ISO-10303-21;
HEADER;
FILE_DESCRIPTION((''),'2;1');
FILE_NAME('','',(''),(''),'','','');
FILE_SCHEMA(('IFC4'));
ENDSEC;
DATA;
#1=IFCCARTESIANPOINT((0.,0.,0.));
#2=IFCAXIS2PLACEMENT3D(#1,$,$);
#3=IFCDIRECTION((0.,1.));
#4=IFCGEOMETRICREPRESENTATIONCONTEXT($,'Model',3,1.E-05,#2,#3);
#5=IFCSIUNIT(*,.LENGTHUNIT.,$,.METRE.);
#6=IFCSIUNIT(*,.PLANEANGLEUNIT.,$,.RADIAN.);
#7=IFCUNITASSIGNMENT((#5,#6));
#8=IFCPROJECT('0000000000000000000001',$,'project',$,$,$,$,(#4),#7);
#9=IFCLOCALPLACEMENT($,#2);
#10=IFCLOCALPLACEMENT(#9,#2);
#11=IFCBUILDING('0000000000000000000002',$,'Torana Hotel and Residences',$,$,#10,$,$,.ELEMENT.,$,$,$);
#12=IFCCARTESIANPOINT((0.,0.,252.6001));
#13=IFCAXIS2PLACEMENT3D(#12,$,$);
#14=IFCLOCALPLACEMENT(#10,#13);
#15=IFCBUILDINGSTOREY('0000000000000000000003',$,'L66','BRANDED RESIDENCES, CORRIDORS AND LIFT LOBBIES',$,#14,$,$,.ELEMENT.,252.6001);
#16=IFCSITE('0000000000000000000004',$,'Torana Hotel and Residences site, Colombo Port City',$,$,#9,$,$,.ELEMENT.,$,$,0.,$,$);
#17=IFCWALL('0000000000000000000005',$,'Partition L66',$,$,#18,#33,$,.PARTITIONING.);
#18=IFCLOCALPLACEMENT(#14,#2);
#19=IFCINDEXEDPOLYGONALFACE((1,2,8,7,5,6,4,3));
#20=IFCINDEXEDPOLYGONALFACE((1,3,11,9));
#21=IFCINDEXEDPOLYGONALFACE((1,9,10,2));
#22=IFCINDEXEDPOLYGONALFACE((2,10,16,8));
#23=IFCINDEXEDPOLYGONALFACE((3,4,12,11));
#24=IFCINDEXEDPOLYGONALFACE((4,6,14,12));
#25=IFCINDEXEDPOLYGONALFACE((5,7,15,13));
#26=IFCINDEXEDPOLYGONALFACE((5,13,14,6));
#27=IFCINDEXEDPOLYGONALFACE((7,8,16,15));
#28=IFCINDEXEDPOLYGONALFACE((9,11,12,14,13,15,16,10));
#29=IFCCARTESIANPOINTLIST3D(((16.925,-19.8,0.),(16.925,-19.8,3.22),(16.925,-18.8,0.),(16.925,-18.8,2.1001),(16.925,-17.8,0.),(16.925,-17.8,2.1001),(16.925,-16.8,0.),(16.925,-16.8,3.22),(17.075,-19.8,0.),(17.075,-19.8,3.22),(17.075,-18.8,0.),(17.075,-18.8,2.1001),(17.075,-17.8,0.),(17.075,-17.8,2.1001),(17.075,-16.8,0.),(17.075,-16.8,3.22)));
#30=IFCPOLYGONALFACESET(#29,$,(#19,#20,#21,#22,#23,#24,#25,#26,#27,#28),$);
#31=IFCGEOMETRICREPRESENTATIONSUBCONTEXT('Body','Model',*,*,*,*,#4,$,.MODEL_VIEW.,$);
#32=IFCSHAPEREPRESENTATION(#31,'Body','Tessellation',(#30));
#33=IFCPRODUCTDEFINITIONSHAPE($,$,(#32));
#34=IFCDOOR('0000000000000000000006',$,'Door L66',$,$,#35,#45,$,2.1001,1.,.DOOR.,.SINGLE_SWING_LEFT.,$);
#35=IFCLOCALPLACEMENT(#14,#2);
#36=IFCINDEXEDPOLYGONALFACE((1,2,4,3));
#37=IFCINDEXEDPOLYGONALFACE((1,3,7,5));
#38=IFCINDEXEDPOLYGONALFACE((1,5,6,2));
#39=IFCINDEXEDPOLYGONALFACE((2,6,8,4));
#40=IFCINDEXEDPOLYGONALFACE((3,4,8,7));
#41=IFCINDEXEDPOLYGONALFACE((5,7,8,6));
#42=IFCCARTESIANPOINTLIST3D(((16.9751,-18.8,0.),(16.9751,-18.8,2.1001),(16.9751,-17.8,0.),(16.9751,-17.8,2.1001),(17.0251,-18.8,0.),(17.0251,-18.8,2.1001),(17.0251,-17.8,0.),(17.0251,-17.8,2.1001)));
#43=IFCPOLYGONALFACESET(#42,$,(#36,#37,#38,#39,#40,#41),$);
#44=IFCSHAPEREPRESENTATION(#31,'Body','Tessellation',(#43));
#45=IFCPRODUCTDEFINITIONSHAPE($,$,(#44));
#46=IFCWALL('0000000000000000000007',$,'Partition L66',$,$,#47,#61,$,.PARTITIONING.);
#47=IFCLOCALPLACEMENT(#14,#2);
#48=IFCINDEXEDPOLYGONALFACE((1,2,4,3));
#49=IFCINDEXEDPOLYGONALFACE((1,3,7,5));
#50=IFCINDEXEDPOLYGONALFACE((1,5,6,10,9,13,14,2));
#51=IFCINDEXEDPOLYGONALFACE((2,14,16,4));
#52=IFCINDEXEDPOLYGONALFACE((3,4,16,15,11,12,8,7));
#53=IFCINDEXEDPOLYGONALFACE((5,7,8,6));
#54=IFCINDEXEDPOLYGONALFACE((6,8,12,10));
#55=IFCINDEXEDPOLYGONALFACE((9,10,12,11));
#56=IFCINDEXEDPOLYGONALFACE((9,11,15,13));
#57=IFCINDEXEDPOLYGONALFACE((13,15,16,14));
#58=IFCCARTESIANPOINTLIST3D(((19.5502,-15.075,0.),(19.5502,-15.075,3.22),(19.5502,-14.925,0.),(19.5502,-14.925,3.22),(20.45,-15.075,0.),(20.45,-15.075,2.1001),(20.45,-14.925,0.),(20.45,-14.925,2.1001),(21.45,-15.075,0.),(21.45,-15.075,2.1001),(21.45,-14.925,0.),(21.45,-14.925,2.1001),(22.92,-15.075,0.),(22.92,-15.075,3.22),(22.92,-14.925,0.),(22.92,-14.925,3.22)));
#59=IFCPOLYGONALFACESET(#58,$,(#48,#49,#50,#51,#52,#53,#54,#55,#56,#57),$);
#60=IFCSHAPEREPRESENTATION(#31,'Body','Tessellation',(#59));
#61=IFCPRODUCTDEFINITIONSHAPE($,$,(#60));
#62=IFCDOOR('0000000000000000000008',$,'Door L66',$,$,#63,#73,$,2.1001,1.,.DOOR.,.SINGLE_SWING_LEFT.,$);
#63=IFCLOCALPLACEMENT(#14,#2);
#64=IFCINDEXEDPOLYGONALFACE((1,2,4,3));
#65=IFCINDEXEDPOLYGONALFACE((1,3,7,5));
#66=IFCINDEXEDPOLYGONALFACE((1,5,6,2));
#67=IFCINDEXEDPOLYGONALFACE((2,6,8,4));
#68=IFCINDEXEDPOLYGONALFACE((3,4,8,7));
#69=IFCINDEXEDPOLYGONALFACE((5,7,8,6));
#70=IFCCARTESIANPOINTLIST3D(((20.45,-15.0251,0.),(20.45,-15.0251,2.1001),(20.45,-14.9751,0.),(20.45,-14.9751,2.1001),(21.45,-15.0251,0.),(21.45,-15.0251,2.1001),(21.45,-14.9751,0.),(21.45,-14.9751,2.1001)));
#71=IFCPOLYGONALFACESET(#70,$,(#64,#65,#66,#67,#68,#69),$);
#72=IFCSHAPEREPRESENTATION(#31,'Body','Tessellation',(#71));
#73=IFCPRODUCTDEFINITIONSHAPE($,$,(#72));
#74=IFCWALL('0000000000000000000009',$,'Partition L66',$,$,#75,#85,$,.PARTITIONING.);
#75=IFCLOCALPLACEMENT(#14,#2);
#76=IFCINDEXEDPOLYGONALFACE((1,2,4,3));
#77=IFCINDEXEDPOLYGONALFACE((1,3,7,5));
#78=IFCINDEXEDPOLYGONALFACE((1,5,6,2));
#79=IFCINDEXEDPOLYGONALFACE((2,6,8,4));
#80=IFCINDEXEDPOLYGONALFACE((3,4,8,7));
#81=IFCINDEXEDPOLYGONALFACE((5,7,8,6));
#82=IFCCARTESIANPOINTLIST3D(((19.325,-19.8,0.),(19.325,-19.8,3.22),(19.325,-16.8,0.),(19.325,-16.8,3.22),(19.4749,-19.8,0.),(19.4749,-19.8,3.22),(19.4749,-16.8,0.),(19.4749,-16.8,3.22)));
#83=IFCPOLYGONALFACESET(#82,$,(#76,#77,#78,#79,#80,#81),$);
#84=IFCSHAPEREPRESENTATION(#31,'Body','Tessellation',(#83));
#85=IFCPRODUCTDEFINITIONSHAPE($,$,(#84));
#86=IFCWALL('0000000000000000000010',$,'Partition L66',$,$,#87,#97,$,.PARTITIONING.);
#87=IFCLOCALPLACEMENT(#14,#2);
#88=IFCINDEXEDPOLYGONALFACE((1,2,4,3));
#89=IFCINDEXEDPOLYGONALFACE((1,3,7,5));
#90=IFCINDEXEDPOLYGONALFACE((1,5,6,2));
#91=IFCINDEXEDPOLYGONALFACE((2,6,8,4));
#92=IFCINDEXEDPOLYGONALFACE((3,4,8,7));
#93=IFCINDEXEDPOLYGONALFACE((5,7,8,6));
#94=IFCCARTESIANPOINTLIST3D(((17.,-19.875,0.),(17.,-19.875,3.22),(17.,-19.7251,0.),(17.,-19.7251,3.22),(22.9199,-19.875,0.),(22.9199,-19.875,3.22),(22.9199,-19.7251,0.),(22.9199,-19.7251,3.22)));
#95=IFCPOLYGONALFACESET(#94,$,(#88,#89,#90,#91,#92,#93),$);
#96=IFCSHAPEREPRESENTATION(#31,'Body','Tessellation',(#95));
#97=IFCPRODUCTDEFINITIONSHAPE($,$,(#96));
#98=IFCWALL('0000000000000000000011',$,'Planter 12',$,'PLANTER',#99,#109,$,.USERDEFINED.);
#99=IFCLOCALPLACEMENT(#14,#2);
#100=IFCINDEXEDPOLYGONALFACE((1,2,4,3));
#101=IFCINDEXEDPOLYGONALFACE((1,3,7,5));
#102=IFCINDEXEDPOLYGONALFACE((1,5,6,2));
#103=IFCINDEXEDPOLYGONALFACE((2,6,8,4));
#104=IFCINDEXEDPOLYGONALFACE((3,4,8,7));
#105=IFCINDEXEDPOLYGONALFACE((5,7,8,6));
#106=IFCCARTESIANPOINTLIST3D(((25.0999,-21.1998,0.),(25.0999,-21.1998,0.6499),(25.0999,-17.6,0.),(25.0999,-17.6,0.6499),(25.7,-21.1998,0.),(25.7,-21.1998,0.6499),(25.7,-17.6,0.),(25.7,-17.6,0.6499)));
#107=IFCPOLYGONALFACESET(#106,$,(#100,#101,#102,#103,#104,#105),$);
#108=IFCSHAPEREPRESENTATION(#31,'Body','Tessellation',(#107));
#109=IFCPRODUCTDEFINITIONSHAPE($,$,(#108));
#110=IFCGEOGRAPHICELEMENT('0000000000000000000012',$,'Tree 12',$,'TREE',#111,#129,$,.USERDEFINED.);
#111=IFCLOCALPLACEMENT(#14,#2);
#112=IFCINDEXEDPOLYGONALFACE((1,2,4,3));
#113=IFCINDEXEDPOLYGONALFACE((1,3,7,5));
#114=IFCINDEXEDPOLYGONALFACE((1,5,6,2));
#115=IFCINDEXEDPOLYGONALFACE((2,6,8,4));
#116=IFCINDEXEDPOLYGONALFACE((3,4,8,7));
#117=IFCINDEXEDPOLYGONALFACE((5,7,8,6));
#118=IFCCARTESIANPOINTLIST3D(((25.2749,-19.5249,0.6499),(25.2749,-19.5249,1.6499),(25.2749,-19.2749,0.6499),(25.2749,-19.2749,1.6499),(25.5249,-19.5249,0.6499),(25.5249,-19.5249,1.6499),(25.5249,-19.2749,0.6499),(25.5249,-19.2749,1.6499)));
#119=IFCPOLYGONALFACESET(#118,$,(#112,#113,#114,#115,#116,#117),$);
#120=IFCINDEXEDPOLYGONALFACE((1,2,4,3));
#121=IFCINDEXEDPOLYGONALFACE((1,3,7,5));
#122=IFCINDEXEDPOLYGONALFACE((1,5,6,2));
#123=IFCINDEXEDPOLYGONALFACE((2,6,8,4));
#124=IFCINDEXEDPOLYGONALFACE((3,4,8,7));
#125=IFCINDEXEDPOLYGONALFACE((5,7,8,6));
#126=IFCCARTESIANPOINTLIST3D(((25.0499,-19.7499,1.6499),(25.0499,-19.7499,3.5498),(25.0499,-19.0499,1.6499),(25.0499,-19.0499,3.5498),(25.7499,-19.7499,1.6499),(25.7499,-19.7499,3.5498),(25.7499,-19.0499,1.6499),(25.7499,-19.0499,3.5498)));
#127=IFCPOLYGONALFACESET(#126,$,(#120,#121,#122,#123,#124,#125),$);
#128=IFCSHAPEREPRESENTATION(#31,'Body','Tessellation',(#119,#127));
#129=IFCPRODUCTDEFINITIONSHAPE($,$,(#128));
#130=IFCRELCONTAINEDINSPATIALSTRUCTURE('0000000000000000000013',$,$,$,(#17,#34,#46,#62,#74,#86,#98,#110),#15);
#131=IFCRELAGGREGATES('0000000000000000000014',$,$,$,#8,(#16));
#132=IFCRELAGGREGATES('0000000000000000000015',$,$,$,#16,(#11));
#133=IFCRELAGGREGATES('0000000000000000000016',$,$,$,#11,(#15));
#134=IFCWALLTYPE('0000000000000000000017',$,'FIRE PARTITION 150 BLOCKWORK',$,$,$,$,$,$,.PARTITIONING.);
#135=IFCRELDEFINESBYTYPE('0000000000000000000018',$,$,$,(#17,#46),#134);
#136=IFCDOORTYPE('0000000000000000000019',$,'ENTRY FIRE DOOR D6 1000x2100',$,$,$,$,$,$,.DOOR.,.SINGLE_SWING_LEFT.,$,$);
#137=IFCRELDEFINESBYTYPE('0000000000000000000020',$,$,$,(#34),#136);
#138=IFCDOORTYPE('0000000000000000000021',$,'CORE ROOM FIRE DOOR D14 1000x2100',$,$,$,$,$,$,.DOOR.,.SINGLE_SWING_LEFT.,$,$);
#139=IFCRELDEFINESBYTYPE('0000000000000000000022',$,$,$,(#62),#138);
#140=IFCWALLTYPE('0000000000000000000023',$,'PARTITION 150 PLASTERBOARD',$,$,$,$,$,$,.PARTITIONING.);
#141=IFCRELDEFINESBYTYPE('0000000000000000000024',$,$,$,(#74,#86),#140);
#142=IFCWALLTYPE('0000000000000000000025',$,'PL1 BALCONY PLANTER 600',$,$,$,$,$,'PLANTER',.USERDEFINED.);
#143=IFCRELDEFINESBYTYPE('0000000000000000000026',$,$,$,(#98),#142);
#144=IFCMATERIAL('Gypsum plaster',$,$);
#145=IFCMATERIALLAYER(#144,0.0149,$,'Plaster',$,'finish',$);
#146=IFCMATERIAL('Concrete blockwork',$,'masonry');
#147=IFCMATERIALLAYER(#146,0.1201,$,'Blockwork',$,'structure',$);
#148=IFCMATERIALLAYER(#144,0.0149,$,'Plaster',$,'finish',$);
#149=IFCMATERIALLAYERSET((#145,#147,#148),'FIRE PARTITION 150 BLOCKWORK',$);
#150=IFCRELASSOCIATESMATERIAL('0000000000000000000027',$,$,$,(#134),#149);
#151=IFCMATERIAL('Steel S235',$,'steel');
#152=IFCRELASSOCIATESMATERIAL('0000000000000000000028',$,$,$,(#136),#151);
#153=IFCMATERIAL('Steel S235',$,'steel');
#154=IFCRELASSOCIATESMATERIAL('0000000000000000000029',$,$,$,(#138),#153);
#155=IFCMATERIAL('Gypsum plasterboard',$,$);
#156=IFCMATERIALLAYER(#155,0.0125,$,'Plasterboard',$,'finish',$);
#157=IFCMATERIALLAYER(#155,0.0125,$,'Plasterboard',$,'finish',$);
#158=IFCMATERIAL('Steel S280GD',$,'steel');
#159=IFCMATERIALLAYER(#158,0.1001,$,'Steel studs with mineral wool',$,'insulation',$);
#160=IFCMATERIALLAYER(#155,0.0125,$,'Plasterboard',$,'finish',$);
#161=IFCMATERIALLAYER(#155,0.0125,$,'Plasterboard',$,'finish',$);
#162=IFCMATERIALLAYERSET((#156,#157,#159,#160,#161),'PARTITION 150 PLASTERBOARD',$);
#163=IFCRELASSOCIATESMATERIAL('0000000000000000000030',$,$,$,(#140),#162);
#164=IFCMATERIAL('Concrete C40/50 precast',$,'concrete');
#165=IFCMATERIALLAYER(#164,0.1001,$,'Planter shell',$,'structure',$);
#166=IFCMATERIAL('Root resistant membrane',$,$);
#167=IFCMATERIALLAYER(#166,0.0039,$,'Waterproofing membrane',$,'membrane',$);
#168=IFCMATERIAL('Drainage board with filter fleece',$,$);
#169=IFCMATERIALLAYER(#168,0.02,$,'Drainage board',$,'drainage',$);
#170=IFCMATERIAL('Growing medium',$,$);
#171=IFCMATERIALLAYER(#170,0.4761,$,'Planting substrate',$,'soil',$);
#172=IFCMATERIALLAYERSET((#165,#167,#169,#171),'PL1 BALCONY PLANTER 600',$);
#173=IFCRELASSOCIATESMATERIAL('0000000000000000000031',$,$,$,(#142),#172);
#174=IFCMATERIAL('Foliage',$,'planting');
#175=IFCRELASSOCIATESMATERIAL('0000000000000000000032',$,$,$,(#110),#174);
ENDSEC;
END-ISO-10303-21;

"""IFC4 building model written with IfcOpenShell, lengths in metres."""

from ifc_helpers import new_model, si_unit, direction, frame, frame_2d, origin, origin_2d, place, context, subcontext, project, spatial, rectangle, extrude, material, layer, layer_set, type_object, element, fill, save


model = new_model("IFC4")

# Units and contexts
model_context = context("Model", 3, precision=1e-05, world=origin(), true_north=direction((0.0, 1.0)))
body_context = subcontext(model_context, "Body", "Model", "MODEL_VIEW")
ifc_project = project(units=[si_unit("LENGTHUNIT", "METRE"), si_unit("PLANEANGLEUNIT", "RADIAN")], contexts=[model_context])

# Site, building, storey
site_placement = place(None, origin())
site = spatial("IfcSite", under=ifc_project, at=site_placement, Name="Torana Hotel and Residences site, Colombo Port City", CompositionType="ELEMENT", RefElevation=0.0)
building_placement = place(site_placement, origin())
building = spatial("IfcBuilding", under=site, at=building_placement, Name="Torana Hotel and Residences", CompositionType="ELEMENT")
storey_placement = place(building_placement, frame((0.0, 0.0, 252.6001)))
storey = spatial("IfcBuildingStorey", under=building, at=storey_placement, Name="L66", Description="BRANDED RESIDENCES, CORRIDORS AND LIFT LOBBIES", CompositionType="ELEMENT", Elevation=252.6001)

# Walls, openings, doors
ifc_material_1 = material(Name="Gypsum plaster")
ifc_layer_1 = layer(ifc_material_1, 0.0149, Name="Plaster", Category="finish")
ifc_material_2 = material(Name="Concrete blockwork", Category="masonry")
ifc_layer_2 = layer(ifc_material_2, 0.1201, Name="Blockwork", Category="structure")
ifc_layer_3 = layer(ifc_material_1, 0.0149, Name="Plaster", Category="finish")
ifc_layer_set_1 = layer_set([ifc_layer_1, ifc_layer_2, ifc_layer_3], Name="FIRE PARTITION 150 BLOCKWORK")
wall_type_1 = type_object("IfcWallType", Name="FIRE PARTITION 150 BLOCKWORK", PredefinedType="PARTITIONING", material=ifc_layer_set_1)
wall_1_placement = place(storey_placement, frame((17.0, -19.8, 0.0), z_axis=(0.0, 0.0, 1.0), x_axis=(0.0, 1.0, 0.0)))
wall_1 = element("IfcWall", 1, at=wall_1_placement, inside=storey, type_object=wall_type_1, Name="Partition L66", PredefinedType="PARTITIONING", context=body_context, shape_type="SweptSolid", body=[
    extrude(rectangle(XDim=3.0, YDim=0.1499, at=frame_2d((1.5, 0.0))), origin(), (0.0, 0.0, 1.0), 3.22),
])
opening_1_placement = place(wall_1_placement, frame((1.0, 0.0, 0.0)))
opening_1 = element("IfcOpeningElement", 2, at=opening_1_placement, cuts=wall_1, PredefinedType="OPENING", context=body_context, shape_type="SweptSolid", body=[
    extrude(rectangle(XDim=1.0, YDim=2.1001, at=frame_2d((0.5, 1.05))), frame((0.0, 0.085, 0.0), z_axis=(0.0, -1.0, 0.0), x_axis=(1.0, 0.0, 0.0)), (0.0, 0.0, 1.0), 0.1699),
])
ifc_material_3 = material(Name="Steel S235", Category="steel")
door_type_1 = type_object("IfcDoorType", Name="ENTRY FIRE DOOR D6 1000x2100", OperationType="SINGLE_SWING_LEFT", PredefinedType="DOOR", material=ifc_material_3)
door_1_placement = place(opening_1_placement, frame((0.5, 0.0, 0.0), z_axis=(0.0, 0.0, 1.0), x_axis=(-1.0, 0.0, 0.0)))
door_1 = element("IfcDoor", 3, at=door_1_placement, inside=storey, type_object=door_type_1, Name="Door L66", OperationType="SINGLE_SWING_LEFT", OverallHeight=2.1001, OverallWidth=1.0, PredefinedType="DOOR", context=body_context, shape_type="SweptSolid", body=[
    extrude(rectangle(XDim=1.0, YDim=2.1001, at=frame_2d((0.0, 1.05))), frame((0.0, -0.0249, 0.0), z_axis=(0.0, 1.0, 0.0), x_axis=(-1.0, 0.0, 0.0)), (0.0, 0.0, 1.0), 0.05),
])
fill(opening_1, door_1)
wall_2_placement = place(storey_placement, frame((19.55, -15.0, 0.0), z_axis=(0.0, 0.0, 1.0), x_axis=(1.0, 0.0, 0.0)))
wall_2 = element("IfcWall", 4, at=wall_2_placement, inside=storey, type_object=wall_type_1, Name="Partition L66", PredefinedType="PARTITIONING", context=body_context, shape_type="SweptSolid", body=[
    extrude(rectangle(XDim=3.3699, YDim=0.1499, at=frame_2d((1.6851, 0.0))), origin(), (0.0, 0.0, 1.0), 3.22),
])
opening_2_placement = place(wall_2_placement, frame((0.8999, 0.0, 0.0)))
opening_2 = element("IfcOpeningElement", 5, at=opening_2_placement, cuts=wall_2, PredefinedType="OPENING", context=body_context, shape_type="SweptSolid", body=[
    extrude(rectangle(XDim=1.0, YDim=2.1001, at=frame_2d((0.5, 1.05))), frame((0.0, 0.085, 0.0), z_axis=(0.0, -1.0, 0.0), x_axis=(1.0, 0.0, 0.0)), (0.0, 0.0, 1.0), 0.1699),
])
ifc_material_4 = material(Name="Steel S235", Category="steel")
door_type_2 = type_object("IfcDoorType", Name="CORE ROOM FIRE DOOR D14 1000x2100", OperationType="SINGLE_SWING_LEFT", PredefinedType="DOOR", material=ifc_material_4)
door_2_placement = place(opening_2_placement, origin())
door_2 = element("IfcDoor", 6, at=door_2_placement, inside=storey, type_object=door_type_2, Name="Door L66", OperationType="SINGLE_SWING_LEFT", OverallHeight=2.1001, OverallWidth=1.0, PredefinedType="DOOR", context=body_context, shape_type="SweptSolid", body=[
    extrude(rectangle(XDim=1.0, YDim=2.1001, at=frame_2d((0.5, 1.05))), frame((0.0, 0.0249, 0.0), z_axis=(0.0, -1.0, 0.0), x_axis=(1.0, 0.0, 0.0)), (0.0, 0.0, 1.0), 0.05),
])
fill(opening_2, door_2)

# Walls
ifc_material_5 = material(Name="Gypsum plasterboard")
ifc_layer_4 = layer(ifc_material_5, 0.0125, Name="Plasterboard", Category="finish")
ifc_layer_5 = layer(ifc_material_5, 0.0125, Name="Plasterboard", Category="finish")
ifc_material_6 = material(Name="Steel S280GD", Category="steel")
ifc_layer_6 = layer(ifc_material_6, 0.1001, Name="Steel studs with mineral wool", Category="insulation")
ifc_layer_7 = layer(ifc_material_5, 0.0125, Name="Plasterboard", Category="finish")
ifc_layer_8 = layer(ifc_material_5, 0.0125, Name="Plasterboard", Category="finish")
ifc_layer_set_2 = layer_set([ifc_layer_4, ifc_layer_5, ifc_layer_6, ifc_layer_7, ifc_layer_8], Name="PARTITION 150 PLASTERBOARD")
wall_type_2 = type_object("IfcWallType", Name="PARTITION 150 PLASTERBOARD", PredefinedType="PARTITIONING", material=ifc_layer_set_2)
wall_3_placement = place(storey_placement, frame((19.3999, -19.8, 0.0), z_axis=(0.0, 0.0, 1.0), x_axis=(0.0, 1.0, 0.0)))
element("IfcWall", 7, at=wall_3_placement, inside=storey, type_object=wall_type_2, Name="Partition L66", PredefinedType="PARTITIONING", context=body_context, shape_type="SweptSolid", body=[
    extrude(rectangle(XDim=3.0, YDim=0.1499, at=frame_2d((1.5, 0.0))), origin(), (0.0, 0.0, 1.0), 3.22),
])
wall_4_placement = place(storey_placement, frame((17.0, -19.8, 0.0), z_axis=(0.0, 0.0, 1.0), x_axis=(1.0, 0.0, 0.0)))
element("IfcWall", 8, at=wall_4_placement, inside=storey, type_object=wall_type_2, Name="Partition L66", PredefinedType="PARTITIONING", context=body_context, shape_type="SweptSolid", body=[
    extrude(rectangle(XDim=5.9199, YDim=0.1499, at=frame_2d((2.96, 0.0))), origin(), (0.0, 0.0, 1.0), 3.22),
])
ifc_material_7 = material(Name="Concrete C40/50 precast", Category="concrete")
ifc_layer_9 = layer(ifc_material_7, 0.1001, Name="Planter shell", Category="structure")
ifc_material_8 = material(Name="Root resistant membrane")
ifc_layer_10 = layer(ifc_material_8, 0.0039, Name="Waterproofing membrane", Category="membrane")
ifc_material_9 = material(Name="Drainage board with filter fleece")
ifc_layer_11 = layer(ifc_material_9, 0.02, Name="Drainage board", Category="drainage")
ifc_material_10 = material(Name="Growing medium")
ifc_layer_12 = layer(ifc_material_10, 0.4761, Name="Planting substrate", Category="soil")
ifc_layer_set_3 = layer_set([ifc_layer_9, ifc_layer_10, ifc_layer_11, ifc_layer_12], Name="PL1 BALCONY PLANTER 600")
wall_type_3 = type_object("IfcWallType", Name="PL1 BALCONY PLANTER 600", ElementType="PLANTER", PredefinedType="USERDEFINED", material=ifc_layer_set_3)
wall_5_placement = place(storey_placement, frame((25.3999, -17.6001, 0.0), z_axis=(0.0, 0.0, 1.0), x_axis=(0.0, -1.0, 0.0)))
element("IfcWall", 9, at=wall_5_placement, inside=storey, type_object=wall_type_3, Name="Planter 12", ObjectType="PLANTER", PredefinedType="USERDEFINED", context=body_context, shape_type="SweptSolid", body=[
    extrude(rectangle(XDim=3.5999, YDim=0.6001, at=frame_2d((1.7998, 0.0))), origin(), (0.0, 0.0, 1.0), 0.6499),
])

# Geographic element
ifc_material_11 = material(Name="Foliage", Category="planting")
geographic_element_placement = place(storey_placement, frame((25.3999, -19.3999, 0.6499), z_axis=(0.0, 0.0, 1.0), x_axis=(1.0, 0.0, 0.0)))
element("IfcGeographicElement", 10, at=geographic_element_placement, inside=storey, material=ifc_material_11, Name="Tree 12", ObjectType="TREE", PredefinedType="USERDEFINED", context=body_context, shape_type="SweptSolid", body=[
    extrude(rectangle(XDim=0.25, YDim=0.25, at=origin_2d()), origin(), (0.0, 0.0, 1.0), 1.0),
    extrude(rectangle(XDim=0.7, YDim=0.7, at=origin_2d()), frame((0.0, 0.0, 1.0)), (0.0, 0.0, 1.0), 1.8999),
])

save(model, "model.ifc")
